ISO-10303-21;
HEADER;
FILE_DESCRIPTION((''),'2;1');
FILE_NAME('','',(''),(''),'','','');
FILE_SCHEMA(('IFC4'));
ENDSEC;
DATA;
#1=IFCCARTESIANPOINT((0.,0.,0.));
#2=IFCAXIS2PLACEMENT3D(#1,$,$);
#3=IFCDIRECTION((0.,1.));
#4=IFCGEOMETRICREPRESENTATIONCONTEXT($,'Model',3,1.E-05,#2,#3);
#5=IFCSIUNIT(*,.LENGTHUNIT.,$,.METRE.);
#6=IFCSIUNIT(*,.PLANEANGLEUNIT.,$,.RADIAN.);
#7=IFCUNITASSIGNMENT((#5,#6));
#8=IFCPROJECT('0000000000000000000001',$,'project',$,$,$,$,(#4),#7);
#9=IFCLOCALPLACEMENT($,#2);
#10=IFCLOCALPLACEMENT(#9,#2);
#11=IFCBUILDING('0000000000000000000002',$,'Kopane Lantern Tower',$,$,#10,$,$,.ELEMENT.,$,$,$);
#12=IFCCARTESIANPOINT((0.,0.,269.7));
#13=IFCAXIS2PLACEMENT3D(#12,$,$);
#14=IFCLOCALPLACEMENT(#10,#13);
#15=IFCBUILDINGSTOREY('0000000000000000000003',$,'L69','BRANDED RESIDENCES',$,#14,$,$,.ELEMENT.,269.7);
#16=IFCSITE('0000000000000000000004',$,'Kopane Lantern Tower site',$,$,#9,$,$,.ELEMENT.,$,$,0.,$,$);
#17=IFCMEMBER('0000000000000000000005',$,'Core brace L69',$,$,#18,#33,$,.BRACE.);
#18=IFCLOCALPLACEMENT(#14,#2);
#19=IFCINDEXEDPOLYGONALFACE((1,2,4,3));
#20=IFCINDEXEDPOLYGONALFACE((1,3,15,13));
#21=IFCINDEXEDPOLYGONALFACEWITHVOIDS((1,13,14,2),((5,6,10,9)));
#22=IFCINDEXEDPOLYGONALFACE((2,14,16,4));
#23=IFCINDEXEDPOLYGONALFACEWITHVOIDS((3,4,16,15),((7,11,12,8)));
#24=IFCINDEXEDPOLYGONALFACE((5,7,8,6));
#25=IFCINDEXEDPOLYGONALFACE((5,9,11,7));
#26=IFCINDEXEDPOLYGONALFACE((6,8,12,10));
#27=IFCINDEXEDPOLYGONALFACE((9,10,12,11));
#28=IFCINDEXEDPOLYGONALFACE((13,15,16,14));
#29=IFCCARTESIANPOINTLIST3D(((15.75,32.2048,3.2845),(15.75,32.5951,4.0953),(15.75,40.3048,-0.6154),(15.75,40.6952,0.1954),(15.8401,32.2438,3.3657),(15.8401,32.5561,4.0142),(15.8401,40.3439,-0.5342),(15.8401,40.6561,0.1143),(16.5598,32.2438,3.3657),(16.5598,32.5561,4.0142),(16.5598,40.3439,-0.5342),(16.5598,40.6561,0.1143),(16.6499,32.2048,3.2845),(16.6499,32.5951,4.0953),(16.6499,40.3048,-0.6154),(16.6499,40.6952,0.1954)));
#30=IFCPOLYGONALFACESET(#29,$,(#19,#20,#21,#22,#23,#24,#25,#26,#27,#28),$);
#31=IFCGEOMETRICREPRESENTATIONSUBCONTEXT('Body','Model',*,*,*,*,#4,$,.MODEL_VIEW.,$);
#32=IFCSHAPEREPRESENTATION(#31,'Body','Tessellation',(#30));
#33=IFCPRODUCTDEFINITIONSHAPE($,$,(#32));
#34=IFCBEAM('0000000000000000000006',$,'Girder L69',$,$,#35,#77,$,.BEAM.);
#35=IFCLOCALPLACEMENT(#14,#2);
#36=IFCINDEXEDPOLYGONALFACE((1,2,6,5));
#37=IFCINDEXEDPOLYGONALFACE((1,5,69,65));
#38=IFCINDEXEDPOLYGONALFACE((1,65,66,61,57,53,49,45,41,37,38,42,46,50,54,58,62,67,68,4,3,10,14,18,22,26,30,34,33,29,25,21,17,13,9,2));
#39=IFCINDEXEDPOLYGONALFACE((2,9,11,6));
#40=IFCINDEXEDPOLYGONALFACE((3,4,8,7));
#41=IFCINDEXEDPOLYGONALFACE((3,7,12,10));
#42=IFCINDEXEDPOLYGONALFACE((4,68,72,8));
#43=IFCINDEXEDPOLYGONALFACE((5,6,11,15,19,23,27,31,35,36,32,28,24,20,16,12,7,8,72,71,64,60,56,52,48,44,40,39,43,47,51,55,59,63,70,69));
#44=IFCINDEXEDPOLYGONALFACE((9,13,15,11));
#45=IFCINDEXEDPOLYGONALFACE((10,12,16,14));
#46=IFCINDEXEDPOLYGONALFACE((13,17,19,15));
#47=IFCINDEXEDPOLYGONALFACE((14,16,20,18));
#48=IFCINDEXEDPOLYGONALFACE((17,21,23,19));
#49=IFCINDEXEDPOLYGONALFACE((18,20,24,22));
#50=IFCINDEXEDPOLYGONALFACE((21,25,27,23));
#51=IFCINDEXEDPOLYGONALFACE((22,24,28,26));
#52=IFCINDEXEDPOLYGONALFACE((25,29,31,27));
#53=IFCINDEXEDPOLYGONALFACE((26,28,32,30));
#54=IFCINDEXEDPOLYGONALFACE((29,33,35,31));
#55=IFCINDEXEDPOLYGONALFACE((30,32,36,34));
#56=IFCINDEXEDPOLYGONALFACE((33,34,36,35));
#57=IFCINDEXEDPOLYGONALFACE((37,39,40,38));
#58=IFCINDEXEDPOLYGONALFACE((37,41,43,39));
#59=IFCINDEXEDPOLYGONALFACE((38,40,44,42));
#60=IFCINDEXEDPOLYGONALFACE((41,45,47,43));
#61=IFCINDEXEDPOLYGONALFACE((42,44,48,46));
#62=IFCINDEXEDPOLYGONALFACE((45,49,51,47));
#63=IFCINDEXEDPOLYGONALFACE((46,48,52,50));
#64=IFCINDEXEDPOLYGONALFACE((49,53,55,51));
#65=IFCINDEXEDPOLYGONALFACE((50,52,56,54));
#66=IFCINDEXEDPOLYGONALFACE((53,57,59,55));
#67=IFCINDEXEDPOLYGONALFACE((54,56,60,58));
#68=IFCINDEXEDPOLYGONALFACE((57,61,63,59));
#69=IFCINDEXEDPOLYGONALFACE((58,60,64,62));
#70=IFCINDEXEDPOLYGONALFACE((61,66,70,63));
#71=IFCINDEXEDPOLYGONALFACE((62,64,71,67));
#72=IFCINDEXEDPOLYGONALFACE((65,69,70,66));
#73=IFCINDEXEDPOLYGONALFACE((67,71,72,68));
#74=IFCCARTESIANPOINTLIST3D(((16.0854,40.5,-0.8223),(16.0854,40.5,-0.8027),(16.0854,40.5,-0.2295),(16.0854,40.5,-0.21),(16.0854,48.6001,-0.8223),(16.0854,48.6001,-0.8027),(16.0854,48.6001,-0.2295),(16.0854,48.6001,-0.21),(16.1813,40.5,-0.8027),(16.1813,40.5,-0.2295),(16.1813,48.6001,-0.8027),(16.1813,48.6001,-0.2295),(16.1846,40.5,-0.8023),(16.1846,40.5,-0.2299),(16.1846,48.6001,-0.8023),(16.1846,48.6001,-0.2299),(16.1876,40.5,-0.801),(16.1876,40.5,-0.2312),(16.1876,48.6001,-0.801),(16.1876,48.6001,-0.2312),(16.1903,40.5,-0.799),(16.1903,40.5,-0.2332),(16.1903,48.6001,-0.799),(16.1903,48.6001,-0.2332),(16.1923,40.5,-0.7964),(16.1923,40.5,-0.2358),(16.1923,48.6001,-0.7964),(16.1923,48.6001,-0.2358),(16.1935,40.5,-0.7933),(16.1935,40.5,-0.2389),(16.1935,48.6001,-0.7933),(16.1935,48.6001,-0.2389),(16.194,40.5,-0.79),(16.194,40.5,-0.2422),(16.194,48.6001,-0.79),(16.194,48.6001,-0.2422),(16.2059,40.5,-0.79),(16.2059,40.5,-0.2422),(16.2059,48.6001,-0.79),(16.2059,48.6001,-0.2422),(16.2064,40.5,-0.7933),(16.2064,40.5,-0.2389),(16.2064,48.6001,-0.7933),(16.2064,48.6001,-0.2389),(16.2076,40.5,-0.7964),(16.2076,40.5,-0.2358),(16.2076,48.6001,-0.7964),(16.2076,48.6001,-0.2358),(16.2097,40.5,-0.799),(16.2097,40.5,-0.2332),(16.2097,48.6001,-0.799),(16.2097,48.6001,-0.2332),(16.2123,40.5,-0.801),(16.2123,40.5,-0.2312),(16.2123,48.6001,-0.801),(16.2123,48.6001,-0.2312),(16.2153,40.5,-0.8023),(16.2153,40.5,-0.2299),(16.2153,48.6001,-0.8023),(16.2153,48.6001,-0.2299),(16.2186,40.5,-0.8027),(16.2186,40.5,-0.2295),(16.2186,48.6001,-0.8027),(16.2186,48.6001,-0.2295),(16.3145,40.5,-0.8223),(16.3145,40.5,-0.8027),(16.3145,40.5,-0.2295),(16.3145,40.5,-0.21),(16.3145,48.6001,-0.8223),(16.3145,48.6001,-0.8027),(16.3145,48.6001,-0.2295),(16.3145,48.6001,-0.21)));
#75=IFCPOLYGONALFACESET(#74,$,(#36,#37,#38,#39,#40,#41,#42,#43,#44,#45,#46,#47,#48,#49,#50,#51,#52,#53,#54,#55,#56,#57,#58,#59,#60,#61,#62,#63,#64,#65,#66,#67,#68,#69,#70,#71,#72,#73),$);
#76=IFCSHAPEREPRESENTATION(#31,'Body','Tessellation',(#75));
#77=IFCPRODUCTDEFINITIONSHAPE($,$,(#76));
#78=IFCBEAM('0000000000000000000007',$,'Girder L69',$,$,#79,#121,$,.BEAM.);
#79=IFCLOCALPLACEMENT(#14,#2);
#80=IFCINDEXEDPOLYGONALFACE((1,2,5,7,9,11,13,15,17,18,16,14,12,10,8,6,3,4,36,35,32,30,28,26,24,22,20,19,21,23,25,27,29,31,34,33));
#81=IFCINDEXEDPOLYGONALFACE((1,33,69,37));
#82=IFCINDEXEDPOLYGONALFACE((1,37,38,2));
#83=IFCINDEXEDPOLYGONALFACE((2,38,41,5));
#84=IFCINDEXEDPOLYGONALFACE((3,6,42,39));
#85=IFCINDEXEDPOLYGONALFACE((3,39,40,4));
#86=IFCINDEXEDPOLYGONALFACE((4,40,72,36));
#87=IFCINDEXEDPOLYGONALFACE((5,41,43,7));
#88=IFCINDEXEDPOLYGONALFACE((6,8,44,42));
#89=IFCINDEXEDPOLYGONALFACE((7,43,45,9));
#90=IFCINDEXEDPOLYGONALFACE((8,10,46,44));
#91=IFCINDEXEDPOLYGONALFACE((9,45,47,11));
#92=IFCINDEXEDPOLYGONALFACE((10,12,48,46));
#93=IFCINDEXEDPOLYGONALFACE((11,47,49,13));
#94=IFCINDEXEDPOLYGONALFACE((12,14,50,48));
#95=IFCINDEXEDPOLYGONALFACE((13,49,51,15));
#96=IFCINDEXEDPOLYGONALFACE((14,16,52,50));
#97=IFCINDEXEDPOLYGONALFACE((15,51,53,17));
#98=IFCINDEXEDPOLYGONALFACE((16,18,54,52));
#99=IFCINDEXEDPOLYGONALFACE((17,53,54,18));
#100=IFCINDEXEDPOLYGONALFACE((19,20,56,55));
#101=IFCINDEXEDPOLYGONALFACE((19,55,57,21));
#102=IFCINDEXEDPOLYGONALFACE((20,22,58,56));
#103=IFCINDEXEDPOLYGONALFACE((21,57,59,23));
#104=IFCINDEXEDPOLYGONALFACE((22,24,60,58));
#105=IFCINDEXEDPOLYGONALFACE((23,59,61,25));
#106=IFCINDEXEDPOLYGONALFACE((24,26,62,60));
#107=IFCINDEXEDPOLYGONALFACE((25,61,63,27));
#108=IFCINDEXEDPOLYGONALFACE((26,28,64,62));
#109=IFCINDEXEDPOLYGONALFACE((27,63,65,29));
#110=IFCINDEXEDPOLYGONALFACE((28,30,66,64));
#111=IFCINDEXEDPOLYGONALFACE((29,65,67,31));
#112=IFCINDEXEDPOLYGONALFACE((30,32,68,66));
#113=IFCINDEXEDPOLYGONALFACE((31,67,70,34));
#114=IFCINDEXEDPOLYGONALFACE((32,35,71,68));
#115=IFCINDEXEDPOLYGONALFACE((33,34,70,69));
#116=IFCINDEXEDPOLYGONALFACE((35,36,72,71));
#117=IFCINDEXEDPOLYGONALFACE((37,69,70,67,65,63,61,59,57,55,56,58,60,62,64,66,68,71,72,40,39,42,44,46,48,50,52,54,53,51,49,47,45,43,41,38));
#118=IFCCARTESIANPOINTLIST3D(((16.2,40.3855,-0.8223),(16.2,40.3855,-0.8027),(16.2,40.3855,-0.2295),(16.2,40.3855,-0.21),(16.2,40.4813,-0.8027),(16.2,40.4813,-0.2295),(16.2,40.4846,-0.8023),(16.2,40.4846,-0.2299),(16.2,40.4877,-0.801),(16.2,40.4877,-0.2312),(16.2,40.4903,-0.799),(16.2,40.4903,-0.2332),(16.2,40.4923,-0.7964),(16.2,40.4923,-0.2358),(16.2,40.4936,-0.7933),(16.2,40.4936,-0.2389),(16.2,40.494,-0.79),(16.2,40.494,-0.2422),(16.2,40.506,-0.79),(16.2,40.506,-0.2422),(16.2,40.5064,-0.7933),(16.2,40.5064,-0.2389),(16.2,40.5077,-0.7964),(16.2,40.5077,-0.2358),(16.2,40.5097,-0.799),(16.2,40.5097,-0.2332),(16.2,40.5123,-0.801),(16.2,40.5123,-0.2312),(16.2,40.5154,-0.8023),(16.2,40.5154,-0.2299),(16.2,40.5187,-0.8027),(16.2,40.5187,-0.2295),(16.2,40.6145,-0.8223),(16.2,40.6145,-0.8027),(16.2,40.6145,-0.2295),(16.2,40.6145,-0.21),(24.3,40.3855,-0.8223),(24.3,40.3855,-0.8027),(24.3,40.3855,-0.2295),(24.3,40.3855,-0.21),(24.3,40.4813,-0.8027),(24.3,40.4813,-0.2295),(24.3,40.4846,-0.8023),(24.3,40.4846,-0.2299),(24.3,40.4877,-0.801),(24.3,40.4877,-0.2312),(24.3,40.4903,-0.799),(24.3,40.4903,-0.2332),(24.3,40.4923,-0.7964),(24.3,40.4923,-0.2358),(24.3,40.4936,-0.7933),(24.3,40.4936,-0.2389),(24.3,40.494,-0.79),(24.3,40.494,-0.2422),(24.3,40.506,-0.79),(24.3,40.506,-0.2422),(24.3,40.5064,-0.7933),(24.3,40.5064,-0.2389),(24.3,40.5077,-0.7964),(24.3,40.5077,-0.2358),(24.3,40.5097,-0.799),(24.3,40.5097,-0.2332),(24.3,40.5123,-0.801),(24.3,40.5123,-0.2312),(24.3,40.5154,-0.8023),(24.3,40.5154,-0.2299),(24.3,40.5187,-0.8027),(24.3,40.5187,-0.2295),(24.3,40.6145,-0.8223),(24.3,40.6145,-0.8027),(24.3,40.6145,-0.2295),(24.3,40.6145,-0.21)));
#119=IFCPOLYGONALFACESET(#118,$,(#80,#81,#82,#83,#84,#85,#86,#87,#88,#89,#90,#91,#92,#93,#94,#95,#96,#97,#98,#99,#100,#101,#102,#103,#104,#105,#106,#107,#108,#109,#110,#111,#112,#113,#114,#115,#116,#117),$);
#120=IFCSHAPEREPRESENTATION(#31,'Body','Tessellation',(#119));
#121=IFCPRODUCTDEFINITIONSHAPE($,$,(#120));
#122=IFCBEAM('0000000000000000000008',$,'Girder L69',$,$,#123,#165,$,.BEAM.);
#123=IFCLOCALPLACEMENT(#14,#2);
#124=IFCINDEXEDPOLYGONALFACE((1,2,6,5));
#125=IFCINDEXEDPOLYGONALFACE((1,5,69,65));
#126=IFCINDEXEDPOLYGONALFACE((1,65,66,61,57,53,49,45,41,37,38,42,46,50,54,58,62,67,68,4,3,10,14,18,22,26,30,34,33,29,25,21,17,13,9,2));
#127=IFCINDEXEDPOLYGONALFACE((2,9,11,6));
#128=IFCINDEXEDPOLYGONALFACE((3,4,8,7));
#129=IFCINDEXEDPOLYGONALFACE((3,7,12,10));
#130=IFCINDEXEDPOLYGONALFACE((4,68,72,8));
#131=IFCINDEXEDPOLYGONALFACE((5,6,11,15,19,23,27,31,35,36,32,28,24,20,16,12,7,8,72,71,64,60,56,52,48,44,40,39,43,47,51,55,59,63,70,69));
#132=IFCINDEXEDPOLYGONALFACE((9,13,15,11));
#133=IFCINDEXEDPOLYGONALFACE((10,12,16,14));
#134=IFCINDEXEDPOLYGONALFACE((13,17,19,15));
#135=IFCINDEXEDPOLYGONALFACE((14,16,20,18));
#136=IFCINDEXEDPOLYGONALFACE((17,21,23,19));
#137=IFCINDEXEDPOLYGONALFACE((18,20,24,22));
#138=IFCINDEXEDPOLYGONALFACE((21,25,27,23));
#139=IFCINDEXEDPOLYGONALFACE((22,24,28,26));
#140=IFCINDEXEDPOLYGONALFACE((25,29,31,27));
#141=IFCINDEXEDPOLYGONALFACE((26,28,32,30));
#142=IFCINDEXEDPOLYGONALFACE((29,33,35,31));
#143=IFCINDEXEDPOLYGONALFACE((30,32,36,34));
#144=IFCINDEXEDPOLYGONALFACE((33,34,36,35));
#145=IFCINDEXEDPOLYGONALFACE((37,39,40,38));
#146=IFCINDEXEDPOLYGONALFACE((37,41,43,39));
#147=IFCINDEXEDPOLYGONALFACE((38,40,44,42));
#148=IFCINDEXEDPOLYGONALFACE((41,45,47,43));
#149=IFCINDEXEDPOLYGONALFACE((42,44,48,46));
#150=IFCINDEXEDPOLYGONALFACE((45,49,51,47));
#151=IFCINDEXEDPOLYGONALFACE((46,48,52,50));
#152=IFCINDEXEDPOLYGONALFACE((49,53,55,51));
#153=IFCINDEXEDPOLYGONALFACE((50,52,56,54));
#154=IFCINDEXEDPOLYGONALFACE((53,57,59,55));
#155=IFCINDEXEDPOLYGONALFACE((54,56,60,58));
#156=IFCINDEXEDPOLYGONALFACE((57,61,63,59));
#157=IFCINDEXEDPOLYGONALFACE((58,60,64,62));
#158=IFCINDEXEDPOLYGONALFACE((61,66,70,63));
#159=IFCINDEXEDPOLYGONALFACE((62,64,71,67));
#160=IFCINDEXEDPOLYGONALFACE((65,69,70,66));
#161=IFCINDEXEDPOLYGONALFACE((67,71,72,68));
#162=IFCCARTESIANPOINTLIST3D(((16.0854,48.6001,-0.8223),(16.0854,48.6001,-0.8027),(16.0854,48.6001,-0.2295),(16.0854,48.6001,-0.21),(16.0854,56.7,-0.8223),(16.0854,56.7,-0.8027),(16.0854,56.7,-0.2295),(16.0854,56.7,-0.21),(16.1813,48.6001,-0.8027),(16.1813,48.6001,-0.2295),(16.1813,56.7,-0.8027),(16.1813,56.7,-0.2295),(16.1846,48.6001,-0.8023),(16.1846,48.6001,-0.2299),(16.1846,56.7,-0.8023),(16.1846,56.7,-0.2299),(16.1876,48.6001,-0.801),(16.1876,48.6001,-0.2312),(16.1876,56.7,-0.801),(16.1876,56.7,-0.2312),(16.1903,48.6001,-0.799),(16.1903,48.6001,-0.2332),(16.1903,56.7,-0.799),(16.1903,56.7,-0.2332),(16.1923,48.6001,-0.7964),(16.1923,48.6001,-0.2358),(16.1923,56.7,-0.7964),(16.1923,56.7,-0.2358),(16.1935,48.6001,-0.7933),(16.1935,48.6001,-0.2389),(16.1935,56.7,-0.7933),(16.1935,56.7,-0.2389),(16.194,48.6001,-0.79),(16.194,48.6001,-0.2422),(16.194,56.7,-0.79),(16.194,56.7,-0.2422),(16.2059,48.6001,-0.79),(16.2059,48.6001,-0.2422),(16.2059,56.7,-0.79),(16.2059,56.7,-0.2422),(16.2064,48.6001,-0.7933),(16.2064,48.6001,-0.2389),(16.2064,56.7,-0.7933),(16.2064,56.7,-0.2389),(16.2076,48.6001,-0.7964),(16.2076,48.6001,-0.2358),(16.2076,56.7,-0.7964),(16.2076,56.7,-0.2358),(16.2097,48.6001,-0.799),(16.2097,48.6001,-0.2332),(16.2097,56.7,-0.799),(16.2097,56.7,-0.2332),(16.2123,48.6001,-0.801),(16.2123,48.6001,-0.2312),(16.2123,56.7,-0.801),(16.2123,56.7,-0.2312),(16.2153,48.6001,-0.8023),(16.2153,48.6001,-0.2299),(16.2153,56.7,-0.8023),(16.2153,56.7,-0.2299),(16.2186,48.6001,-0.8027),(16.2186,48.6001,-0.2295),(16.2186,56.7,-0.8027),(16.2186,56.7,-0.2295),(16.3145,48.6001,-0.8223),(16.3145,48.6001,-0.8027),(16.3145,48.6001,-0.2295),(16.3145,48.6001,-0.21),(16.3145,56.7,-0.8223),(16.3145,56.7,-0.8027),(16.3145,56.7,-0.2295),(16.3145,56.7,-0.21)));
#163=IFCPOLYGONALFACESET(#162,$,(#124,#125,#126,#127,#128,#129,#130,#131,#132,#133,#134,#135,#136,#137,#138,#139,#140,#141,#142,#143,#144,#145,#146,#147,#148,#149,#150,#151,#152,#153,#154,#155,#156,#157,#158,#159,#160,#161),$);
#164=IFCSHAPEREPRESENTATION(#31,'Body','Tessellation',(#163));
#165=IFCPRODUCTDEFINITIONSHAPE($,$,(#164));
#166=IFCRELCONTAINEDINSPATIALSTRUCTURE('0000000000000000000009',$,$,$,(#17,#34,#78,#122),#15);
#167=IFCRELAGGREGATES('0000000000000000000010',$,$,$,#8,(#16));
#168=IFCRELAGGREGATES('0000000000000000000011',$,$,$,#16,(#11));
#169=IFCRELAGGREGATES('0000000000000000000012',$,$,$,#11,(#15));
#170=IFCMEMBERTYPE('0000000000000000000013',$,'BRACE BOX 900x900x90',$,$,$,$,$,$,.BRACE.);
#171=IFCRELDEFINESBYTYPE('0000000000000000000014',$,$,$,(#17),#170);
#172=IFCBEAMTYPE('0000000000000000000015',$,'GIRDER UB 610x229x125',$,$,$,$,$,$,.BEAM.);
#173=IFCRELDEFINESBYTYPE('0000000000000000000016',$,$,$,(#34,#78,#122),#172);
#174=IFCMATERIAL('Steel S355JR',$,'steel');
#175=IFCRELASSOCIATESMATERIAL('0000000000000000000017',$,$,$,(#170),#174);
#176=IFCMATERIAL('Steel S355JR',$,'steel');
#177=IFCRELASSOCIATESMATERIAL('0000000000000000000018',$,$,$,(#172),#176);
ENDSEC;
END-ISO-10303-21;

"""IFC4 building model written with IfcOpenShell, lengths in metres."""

from ifc_helpers import new_model, si_unit, direction, frame, origin, origin_2d, place, context, subcontext, project, spatial, hollow_rectangle, i_section, extrude, material, material_profile, profile_set, type_object, element, save


model = new_model("IFC4")

# Units and contexts
model_context = context("Model", 3, precision=1e-05, world=origin(), true_north=direction((0.0, 1.0)))
body_context = subcontext(model_context, "Body", "Model", "MODEL_VIEW")
ifc_project = project(units=[si_unit("LENGTHUNIT", "METRE"), si_unit("PLANEANGLEUNIT", "RADIAN")], contexts=[model_context])

# Site, building, storey
site_placement = place(None, origin())
site = spatial("IfcSite", under=ifc_project, at=site_placement, Name="Kopane Lantern Tower site", CompositionType="ELEMENT", RefElevation=0.0)
building_placement = place(site_placement, origin())
building = spatial("IfcBuilding", under=site, at=building_placement, Name="Kopane Lantern Tower", CompositionType="ELEMENT")
storey_placement = place(building_placement, frame((0.0, 0.0, 269.7)))
storey = spatial("IfcBuildingStorey", under=building, at=storey_placement, Name="L69", Description="BRANDED RESIDENCES", CompositionType="ELEMENT", Elevation=269.7)

# Member
ifc_material_1 = material(Name="Steel S355JR", Category="steel")
ifc_material_profile_1 = material_profile(ifc_material_1, hollow_rectangle(XDim=0.8999, YDim=0.8999, WallThickness=0.0901, at=origin_2d()), Name="BOX 900x900x90")
ifc_profile_set_1 = profile_set([ifc_material_profile_1], Name="Steel S355JR")
member_type_1 = type_object("IfcMemberType", Name="BRACE BOX 900x900x90", PredefinedType="BRACE", material=ifc_profile_set_1)
member_1_placement = place(storey_placement, frame((16.2, 40.5, -0.21), z_axis=(0.0, -0.901008, 0.433803), x_axis=(1.0, 0.0, 0.0)))
element("IfcMember", 1, at=member_1_placement, inside=storey, type_object=member_type_1, Name="Core brace L69", PredefinedType="BRACE", context=body_context, shape_type="SweptSolid", body=[
    extrude(hollow_rectangle(XDim=0.8999, YDim=0.8999, WallThickness=0.0901, at=origin_2d()), origin(), (0.0, 0.0, 1.0), 8.99),
])

# Beams
ifc_material_2 = material(Name="Steel S355JR", Category="steel")
ifc_material_profile_2 = material_profile(ifc_material_2, i_section(OverallWidth=0.229, OverallDepth=0.6123, WebThickness=0.012, FlangeThickness=0.0195, FilletRadius=0.0127, at=origin_2d()), Name="UB 610x229x125")
ifc_profile_set_2 = profile_set([ifc_material_profile_2], Name="Steel S355JR")
beam_type_1 = type_object("IfcBeamType", Name="GIRDER UB 610x229x125", PredefinedType="BEAM", material=ifc_profile_set_2)
for number, where, z_axis, x_axis, name in (
    (2, (16.2, 40.5, -0.5161), (0.0, 1.0, 0.0), (-1.0, 0.0, 0.0), "Girder L69"),
    (3, (16.2, 40.5, -0.5161), (1.0, 0.0, 0.0), (0.0, 1.0, 0.0), "Girder L69"),
):
    element("IfcBeam", number, at=place(storey_placement, frame(where, z_axis=z_axis, x_axis=x_axis)), inside=storey, type_object=beam_type_1, Name=name, PredefinedType="BEAM", context=body_context, shape_type="SweptSolid", body=[
        extrude(i_section(OverallWidth=0.229, OverallDepth=0.6123, WebThickness=0.012, FlangeThickness=0.0195, FilletRadius=0.0127, at=origin_2d()), origin(), (0.0, 0.0, 1.0), 8.1001),
    ])
beam_1_placement = place(storey_placement, frame((16.2, 48.6001, -0.5161), z_axis=(0.0, 1.0, 0.0), x_axis=(-1.0, 0.0, 0.0)))
element("IfcBeam", 4, at=beam_1_placement, inside=storey, type_object=beam_type_1, Name="Girder L69", PredefinedType="BEAM", context=body_context, shape_type="SweptSolid", body=[
    extrude(i_section(OverallWidth=0.229, OverallDepth=0.6123, WebThickness=0.012, FlangeThickness=0.0195, FilletRadius=0.0127, at=origin_2d()), origin(), (0.0, 0.0, 1.0), 8.0999),
])

save(model, "model.ifc")
